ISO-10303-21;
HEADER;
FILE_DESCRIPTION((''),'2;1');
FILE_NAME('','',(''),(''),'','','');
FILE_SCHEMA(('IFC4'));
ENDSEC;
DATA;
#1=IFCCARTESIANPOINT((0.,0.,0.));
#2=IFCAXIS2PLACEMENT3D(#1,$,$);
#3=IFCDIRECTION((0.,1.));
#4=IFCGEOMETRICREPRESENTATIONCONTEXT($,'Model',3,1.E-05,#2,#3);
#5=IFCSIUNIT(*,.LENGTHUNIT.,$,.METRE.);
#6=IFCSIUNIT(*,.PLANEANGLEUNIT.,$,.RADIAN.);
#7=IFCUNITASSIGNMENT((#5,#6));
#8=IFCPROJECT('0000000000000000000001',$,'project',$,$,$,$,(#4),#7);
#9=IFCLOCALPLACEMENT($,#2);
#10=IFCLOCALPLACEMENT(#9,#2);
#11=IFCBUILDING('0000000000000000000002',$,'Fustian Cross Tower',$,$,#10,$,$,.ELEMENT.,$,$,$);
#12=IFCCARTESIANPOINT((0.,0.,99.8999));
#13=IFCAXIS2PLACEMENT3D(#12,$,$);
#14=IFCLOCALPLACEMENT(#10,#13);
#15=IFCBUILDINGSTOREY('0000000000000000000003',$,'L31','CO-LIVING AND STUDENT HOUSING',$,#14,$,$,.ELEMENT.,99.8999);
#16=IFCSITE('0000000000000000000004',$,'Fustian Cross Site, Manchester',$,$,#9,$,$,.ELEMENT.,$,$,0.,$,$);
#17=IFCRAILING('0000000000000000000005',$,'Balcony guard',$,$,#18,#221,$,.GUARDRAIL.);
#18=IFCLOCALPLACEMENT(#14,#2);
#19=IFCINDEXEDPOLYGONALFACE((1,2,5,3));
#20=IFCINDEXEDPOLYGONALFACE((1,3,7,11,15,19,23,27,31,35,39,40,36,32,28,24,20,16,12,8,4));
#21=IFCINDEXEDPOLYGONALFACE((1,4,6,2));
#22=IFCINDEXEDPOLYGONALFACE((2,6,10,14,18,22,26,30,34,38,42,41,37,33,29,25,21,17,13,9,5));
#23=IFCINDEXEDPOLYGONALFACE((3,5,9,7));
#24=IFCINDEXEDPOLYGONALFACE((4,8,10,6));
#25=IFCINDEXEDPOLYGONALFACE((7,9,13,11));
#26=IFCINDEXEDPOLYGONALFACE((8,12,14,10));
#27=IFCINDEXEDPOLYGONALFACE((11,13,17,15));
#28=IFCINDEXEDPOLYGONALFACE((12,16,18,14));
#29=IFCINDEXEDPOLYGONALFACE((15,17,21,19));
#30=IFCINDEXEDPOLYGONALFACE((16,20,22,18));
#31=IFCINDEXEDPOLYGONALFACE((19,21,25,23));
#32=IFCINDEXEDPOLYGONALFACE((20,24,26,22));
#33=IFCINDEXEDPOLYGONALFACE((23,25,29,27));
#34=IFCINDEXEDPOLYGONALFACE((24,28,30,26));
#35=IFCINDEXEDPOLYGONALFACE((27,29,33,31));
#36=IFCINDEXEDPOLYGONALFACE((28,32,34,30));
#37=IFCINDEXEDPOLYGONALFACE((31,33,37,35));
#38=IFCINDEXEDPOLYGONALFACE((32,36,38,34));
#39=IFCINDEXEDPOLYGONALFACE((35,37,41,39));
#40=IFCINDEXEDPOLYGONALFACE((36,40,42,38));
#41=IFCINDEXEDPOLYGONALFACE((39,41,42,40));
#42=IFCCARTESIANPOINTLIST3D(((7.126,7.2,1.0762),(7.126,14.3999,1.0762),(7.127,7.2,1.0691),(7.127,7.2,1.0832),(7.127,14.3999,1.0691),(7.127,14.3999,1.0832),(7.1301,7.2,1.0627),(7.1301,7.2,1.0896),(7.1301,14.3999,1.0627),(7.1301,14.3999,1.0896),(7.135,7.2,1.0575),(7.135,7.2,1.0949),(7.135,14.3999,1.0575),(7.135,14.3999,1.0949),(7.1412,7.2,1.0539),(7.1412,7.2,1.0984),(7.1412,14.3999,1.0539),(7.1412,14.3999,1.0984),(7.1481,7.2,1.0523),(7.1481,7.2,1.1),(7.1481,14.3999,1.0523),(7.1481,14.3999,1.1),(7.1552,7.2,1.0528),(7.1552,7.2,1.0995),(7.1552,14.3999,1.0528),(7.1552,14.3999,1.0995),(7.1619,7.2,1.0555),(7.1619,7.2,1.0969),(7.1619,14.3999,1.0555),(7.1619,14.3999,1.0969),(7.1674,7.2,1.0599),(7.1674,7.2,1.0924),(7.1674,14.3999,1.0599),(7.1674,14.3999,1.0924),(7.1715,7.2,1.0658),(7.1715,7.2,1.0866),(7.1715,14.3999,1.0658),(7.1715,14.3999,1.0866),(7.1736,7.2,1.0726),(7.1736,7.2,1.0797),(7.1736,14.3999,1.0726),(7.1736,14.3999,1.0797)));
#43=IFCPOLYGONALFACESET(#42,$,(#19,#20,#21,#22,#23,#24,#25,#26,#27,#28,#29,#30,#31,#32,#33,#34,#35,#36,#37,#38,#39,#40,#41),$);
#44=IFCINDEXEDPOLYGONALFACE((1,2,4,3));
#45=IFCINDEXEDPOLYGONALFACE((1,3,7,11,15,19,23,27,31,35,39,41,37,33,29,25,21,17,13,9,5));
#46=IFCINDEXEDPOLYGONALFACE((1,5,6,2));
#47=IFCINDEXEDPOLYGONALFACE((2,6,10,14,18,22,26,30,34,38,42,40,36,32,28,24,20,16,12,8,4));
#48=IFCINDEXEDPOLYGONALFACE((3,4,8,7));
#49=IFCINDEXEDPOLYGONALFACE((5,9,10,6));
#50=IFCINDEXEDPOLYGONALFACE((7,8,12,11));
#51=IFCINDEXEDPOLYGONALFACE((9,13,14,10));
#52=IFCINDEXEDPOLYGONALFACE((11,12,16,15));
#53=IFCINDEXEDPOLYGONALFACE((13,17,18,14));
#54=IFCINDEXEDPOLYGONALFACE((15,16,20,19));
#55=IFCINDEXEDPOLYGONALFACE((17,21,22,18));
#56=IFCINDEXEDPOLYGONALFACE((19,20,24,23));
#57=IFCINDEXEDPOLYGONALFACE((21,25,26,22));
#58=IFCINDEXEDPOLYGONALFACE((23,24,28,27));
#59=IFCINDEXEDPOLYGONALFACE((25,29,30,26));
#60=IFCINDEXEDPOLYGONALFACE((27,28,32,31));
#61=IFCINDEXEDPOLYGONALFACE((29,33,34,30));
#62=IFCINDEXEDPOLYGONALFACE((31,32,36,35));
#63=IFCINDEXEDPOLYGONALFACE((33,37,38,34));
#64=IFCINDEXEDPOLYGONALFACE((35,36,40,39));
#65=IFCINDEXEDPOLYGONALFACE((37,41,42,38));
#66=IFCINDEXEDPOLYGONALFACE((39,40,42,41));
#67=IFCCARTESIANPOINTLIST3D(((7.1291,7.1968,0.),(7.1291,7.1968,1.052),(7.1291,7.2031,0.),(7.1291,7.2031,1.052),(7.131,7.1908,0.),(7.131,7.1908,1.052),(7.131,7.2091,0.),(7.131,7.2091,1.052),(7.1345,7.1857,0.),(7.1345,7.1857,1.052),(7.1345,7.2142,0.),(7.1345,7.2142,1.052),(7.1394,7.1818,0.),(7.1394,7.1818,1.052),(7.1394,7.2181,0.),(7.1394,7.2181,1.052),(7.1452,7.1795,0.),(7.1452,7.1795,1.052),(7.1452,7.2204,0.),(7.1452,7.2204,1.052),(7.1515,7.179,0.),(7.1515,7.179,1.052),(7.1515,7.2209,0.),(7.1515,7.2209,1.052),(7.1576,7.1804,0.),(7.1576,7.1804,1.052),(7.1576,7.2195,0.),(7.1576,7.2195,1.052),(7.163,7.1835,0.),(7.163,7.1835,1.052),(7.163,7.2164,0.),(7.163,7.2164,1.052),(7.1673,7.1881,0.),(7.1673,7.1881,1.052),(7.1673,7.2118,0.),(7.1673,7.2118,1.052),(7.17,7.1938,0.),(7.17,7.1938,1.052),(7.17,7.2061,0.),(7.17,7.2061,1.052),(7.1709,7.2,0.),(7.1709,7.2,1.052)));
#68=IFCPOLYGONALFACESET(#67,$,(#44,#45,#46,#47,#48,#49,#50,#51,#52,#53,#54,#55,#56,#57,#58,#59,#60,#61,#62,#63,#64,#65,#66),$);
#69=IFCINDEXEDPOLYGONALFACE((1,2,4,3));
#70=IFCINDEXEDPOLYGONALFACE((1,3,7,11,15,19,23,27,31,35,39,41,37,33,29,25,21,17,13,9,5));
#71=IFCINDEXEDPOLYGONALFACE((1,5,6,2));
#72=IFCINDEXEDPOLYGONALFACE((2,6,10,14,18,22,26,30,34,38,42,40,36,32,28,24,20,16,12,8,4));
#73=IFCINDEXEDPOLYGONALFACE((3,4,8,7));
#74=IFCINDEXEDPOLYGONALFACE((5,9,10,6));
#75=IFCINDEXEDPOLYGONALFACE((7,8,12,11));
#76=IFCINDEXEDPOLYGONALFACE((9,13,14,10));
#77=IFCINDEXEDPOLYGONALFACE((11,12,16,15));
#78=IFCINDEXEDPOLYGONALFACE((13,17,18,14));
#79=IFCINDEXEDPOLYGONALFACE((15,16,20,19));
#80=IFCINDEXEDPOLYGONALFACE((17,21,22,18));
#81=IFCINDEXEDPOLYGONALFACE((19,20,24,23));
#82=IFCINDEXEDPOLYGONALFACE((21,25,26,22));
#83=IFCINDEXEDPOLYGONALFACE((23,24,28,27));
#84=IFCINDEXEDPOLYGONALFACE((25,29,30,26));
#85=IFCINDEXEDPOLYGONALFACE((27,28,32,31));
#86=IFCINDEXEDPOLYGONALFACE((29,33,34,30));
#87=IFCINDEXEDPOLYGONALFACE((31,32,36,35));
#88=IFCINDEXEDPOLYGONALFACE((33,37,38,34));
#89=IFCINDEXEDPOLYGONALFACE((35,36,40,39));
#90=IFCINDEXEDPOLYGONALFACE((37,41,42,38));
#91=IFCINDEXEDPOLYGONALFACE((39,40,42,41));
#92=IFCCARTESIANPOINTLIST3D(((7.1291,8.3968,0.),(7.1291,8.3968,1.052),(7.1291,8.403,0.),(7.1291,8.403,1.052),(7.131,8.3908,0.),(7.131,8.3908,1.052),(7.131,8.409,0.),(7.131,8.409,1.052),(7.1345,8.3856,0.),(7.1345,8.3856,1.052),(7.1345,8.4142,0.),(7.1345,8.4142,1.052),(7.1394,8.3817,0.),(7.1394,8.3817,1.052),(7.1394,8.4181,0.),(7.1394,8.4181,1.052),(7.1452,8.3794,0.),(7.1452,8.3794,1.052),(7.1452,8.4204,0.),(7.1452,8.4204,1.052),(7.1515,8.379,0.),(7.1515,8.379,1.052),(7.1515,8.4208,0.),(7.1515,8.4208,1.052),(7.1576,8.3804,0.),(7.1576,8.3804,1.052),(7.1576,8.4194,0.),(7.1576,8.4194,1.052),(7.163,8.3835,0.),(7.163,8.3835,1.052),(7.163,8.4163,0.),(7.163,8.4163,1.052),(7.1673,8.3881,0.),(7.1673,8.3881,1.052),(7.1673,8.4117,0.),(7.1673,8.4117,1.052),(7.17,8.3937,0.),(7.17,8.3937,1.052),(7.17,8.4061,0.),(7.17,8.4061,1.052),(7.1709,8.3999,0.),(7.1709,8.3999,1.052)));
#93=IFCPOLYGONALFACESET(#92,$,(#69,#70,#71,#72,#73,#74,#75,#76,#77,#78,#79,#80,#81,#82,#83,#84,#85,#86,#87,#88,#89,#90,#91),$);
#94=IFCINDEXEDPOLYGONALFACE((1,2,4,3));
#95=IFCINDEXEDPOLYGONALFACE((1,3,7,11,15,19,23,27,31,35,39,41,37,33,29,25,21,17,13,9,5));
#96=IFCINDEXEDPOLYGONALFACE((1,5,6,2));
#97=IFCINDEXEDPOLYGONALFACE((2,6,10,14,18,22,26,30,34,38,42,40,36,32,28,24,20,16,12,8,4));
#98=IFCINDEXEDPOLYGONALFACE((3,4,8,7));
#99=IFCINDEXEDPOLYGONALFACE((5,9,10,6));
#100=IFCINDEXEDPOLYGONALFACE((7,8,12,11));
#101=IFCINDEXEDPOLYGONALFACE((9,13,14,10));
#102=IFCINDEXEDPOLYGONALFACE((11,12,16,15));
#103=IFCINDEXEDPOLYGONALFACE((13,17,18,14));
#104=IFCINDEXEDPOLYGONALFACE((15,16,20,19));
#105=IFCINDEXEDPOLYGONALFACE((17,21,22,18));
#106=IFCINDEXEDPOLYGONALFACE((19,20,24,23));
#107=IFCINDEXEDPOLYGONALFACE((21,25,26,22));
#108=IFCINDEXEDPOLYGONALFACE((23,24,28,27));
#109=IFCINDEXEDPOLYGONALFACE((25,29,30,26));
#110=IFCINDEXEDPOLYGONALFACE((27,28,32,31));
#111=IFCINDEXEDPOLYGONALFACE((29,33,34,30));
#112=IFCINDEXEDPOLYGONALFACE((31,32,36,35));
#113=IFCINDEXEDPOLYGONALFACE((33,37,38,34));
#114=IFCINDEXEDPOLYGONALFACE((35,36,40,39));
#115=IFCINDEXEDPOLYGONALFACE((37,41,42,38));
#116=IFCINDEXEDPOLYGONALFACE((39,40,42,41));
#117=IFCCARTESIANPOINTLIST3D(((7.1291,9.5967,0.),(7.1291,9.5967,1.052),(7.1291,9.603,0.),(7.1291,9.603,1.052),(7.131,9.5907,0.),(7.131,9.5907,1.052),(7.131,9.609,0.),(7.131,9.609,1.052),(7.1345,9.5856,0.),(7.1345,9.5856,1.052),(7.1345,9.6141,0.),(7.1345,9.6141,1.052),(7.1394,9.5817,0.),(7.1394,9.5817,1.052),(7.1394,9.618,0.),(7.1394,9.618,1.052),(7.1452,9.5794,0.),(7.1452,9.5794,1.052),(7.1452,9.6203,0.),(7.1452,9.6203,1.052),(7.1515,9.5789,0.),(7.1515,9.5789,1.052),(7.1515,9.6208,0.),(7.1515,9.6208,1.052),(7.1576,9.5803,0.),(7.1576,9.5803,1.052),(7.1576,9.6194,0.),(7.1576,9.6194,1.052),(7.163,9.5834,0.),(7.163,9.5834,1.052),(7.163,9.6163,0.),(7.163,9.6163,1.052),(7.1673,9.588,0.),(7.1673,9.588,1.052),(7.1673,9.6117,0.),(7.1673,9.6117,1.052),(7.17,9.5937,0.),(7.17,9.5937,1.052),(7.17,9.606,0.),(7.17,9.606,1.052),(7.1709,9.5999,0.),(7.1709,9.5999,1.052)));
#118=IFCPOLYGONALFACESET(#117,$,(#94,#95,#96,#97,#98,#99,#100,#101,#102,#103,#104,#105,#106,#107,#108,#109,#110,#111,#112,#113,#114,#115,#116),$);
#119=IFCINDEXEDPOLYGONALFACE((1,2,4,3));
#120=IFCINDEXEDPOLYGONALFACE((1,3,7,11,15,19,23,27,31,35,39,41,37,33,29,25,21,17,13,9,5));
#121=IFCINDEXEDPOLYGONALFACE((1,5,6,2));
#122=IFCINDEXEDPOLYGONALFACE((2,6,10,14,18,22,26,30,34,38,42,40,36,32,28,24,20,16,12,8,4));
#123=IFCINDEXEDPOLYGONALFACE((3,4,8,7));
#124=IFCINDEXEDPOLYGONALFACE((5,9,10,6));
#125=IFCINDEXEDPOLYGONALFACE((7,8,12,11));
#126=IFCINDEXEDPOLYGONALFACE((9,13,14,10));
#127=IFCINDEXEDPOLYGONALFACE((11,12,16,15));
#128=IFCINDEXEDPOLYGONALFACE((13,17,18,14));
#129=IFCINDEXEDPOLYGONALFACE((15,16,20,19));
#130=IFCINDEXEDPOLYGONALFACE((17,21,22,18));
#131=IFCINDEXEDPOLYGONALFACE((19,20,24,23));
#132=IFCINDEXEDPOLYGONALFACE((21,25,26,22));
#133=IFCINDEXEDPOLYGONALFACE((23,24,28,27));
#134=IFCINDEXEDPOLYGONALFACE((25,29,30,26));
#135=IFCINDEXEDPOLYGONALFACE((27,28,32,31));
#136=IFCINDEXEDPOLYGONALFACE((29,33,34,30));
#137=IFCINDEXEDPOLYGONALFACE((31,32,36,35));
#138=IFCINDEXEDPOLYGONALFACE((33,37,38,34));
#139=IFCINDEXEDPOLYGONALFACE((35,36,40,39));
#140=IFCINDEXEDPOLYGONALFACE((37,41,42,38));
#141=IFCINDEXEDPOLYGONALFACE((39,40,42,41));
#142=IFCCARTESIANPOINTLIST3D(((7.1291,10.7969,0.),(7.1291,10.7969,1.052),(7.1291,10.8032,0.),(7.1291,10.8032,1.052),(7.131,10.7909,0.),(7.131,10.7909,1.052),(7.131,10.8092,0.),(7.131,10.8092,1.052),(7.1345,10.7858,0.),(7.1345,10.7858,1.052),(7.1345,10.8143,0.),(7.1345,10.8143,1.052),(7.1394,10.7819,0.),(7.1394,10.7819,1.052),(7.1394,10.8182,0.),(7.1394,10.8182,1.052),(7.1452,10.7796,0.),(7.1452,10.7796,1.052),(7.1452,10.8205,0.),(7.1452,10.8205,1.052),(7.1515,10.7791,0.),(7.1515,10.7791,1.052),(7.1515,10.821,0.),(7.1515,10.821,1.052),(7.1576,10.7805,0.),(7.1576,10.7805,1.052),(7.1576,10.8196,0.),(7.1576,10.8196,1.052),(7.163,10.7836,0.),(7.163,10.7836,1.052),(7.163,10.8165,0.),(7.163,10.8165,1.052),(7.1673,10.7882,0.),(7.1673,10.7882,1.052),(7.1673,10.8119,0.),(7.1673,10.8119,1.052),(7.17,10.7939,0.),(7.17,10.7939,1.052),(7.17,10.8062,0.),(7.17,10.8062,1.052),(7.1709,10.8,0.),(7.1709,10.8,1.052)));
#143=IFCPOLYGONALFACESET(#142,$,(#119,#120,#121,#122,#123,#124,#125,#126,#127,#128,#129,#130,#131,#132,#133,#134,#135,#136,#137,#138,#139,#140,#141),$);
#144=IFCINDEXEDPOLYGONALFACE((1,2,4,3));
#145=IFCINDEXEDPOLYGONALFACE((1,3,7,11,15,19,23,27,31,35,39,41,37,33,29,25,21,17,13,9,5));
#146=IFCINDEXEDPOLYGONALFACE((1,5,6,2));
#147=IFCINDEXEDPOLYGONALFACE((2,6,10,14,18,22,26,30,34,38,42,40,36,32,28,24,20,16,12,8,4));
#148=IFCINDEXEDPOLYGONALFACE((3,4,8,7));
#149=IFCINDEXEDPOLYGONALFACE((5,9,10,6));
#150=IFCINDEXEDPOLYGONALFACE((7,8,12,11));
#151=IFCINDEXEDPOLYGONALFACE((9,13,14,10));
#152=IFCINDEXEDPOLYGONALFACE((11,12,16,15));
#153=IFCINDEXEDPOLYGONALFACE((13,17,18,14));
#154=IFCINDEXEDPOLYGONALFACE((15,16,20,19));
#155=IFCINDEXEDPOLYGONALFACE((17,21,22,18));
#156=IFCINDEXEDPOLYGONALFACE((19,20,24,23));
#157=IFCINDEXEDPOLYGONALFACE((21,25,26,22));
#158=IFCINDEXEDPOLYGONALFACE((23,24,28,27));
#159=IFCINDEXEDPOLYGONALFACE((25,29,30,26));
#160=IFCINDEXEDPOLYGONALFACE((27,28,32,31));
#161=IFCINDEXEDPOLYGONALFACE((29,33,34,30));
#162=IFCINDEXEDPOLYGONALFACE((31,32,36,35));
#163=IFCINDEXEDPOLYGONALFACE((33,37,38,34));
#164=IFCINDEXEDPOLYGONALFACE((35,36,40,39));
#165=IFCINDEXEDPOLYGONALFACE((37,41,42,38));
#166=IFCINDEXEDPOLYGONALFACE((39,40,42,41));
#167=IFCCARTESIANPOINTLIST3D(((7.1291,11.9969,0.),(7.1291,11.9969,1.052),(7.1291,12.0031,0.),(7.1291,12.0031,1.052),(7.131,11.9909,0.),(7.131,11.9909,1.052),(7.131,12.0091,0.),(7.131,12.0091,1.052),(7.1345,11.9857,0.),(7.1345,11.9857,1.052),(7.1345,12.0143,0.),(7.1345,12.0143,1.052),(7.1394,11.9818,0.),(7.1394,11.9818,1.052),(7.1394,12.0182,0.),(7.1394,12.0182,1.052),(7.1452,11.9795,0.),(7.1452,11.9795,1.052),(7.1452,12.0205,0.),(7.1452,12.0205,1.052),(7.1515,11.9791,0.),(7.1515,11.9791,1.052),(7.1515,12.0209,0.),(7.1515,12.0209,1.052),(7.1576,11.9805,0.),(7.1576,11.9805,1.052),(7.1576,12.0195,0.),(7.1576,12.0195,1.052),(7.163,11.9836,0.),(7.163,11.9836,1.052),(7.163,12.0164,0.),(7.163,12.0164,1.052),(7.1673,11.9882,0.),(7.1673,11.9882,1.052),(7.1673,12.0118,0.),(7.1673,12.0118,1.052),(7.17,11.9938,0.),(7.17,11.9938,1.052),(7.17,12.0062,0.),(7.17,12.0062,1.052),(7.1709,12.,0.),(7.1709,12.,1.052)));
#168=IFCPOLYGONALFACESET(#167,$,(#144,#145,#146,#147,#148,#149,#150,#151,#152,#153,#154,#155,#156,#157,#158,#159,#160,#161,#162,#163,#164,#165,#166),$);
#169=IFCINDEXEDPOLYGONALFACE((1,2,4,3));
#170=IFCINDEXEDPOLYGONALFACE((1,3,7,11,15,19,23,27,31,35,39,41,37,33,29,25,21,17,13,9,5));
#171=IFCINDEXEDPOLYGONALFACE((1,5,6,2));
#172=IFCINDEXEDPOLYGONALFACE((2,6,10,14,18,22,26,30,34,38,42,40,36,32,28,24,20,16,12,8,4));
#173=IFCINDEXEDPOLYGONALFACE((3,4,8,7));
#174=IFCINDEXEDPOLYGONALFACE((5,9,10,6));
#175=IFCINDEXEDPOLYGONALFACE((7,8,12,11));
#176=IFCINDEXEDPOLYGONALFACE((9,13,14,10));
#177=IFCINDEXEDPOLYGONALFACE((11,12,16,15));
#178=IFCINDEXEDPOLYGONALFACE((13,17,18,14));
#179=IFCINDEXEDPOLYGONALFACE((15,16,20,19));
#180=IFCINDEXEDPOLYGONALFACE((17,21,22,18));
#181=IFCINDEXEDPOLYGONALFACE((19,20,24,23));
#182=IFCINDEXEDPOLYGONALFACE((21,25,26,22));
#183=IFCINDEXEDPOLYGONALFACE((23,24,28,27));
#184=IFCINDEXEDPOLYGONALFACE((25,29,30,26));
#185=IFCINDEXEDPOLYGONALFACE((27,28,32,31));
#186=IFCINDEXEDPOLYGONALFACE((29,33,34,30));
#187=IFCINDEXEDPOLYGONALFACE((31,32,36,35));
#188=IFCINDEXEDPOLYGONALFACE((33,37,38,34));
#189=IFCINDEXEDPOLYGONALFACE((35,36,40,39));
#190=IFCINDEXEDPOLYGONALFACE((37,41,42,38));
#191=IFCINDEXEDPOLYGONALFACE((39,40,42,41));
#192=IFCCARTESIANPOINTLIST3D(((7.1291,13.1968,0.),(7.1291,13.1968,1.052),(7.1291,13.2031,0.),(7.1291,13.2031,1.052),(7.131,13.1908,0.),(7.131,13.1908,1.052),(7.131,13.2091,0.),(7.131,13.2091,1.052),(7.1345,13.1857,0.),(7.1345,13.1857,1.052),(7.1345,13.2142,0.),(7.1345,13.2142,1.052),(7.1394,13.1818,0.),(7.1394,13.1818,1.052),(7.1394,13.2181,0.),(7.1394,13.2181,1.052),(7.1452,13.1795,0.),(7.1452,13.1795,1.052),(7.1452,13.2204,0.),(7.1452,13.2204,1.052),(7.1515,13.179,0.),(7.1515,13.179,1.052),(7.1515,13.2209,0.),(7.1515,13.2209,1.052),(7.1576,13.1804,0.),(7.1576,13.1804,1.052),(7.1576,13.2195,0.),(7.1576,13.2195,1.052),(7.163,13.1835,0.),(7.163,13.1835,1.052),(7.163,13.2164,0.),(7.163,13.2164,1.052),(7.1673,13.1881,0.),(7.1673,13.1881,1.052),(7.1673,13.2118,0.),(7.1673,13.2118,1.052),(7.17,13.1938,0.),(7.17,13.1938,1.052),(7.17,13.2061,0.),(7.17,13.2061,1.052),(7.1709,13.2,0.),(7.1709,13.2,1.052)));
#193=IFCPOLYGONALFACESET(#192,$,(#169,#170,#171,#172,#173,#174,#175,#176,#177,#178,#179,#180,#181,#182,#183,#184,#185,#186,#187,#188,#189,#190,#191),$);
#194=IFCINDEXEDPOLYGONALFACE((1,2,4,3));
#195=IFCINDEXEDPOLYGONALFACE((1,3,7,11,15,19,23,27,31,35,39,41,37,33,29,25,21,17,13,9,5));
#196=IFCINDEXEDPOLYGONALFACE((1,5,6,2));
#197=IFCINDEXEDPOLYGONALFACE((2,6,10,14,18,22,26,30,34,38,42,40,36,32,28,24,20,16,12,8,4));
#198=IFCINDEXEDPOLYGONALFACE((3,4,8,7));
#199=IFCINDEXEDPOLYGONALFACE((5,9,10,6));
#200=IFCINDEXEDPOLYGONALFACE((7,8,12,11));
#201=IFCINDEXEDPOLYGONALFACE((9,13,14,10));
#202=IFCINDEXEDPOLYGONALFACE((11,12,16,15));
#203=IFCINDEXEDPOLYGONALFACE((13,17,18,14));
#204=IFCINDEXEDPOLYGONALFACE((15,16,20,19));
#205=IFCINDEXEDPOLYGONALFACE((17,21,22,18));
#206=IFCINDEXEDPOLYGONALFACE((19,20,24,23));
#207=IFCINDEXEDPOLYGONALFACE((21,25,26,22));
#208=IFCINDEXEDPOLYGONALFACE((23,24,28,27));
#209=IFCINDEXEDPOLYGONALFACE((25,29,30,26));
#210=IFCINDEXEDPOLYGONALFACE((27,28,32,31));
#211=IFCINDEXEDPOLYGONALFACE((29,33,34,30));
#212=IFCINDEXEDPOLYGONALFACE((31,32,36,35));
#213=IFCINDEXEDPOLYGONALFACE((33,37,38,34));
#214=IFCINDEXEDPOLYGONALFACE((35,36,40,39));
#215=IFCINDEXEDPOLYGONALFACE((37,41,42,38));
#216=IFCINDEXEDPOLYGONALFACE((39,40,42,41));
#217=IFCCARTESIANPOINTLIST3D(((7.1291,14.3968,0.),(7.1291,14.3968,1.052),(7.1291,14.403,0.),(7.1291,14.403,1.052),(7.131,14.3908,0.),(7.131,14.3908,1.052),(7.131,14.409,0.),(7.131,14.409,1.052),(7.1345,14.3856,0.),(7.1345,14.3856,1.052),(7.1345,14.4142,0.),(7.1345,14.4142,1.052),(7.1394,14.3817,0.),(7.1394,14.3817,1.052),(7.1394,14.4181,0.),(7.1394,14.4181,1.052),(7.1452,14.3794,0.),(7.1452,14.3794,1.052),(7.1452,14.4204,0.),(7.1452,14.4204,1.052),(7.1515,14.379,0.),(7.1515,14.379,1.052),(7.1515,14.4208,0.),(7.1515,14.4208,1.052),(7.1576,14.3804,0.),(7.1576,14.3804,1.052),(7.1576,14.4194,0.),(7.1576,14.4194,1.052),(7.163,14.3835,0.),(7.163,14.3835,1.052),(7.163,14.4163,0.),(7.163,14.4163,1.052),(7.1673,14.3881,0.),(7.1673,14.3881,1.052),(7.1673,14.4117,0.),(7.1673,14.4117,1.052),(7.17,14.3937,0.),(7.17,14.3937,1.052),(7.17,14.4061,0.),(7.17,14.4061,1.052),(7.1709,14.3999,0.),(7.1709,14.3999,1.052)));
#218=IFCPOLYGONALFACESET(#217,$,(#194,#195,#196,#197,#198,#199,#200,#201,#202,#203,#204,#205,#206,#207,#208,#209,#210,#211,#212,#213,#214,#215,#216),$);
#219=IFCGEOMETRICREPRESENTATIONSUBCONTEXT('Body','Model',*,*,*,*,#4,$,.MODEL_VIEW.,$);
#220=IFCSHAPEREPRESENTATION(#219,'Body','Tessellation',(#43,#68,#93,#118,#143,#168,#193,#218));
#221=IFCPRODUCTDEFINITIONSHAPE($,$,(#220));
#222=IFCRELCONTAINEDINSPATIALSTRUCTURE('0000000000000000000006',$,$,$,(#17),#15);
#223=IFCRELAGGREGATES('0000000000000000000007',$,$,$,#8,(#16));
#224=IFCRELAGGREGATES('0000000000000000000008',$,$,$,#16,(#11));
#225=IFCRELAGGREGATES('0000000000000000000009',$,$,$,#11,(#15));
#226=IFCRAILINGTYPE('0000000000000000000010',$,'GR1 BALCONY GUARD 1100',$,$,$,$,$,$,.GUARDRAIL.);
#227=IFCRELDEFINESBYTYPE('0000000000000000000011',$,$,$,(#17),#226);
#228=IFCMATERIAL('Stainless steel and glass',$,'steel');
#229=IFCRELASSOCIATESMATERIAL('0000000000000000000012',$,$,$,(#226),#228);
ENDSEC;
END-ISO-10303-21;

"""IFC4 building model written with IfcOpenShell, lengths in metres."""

from ifc_helpers import new_model, si_unit, direction, frame, origin, origin_2d, place, context, subcontext, project, spatial, circle, extrude, material, type_object, element, save


model = new_model("IFC4")

# Units and contexts
model_context = context("Model", 3, precision=1e-05, world=origin(), true_north=direction((0.0, 1.0)))
body_context = subcontext(model_context, "Body", "Model", "MODEL_VIEW")
ifc_project = project(units=[si_unit("LENGTHUNIT", "METRE"), si_unit("PLANEANGLEUNIT", "RADIAN")], contexts=[model_context])

# Site, building, storey
site_placement = place(None, origin())
site = spatial("IfcSite", under=ifc_project, at=site_placement, Name="Fustian Cross Site, Manchester", CompositionType="ELEMENT", RefElevation=0.0)
building_placement = place(site_placement, origin())
building = spatial("IfcBuilding", under=site, at=building_placement, Name="Fustian Cross Tower", CompositionType="ELEMENT")
storey_placement = place(building_placement, frame((0.0, 0.0, 99.8999)))
storey = spatial("IfcBuildingStorey", under=building, at=storey_placement, Name="L31", Description="CO-LIVING AND STUDENT HOUSING", CompositionType="ELEMENT", Elevation=99.8999)

# Railing
ifc_material_1 = material(Name="Stainless steel and glass", Category="steel")
railing_type = type_object("IfcRailingType", Name="GR1 BALCONY GUARD 1100", PredefinedType="GUARDRAIL", material=ifc_material_1)
railing_placement = place(storey_placement, frame((7.1499, 7.2, 0.0)))
element("IfcRailing", 1, at=railing_placement, inside=storey, type_object=railing_type, Name="Balcony guard", PredefinedType="GUARDRAIL", context=body_context, shape_type="SweptSolid", body=[
    extrude(circle(Radius=0.0239, at=origin_2d()), frame((0.0, 0.0, 1.0762), z_axis=(0.0, 1.0, 0.0), x_axis=(-1.0, 0.0, 0.0)), (0.0, 0.0, 1.0), 7.2),
    extrude(circle(Radius=0.021, at=origin_2d()), origin(), (0.0, 0.0, 1.0), 1.052),
    extrude(circle(Radius=0.021, at=origin_2d()), frame((0.0, 1.2, 0.0)), (0.0, 0.0, 1.0), 1.052),
    extrude(circle(Radius=0.021, at=origin_2d()), frame((0.0, 2.3999, 0.0)), (0.0, 0.0, 1.0), 1.052),
    extrude(circle(Radius=0.021, at=origin_2d()), frame((0.0, 3.6001, 0.0)), (0.0, 0.0, 1.0), 1.052),
    extrude(circle(Radius=0.021, at=origin_2d()), frame((0.0, 4.8, 0.0)), (0.0, 0.0, 1.0), 1.052),
    extrude(circle(Radius=0.021, at=origin_2d()), frame((0.0, 6.0, 0.0)), (0.0, 0.0, 1.0), 1.052),
    extrude(circle(Radius=0.021, at=origin_2d()), frame((0.0, 7.2, 0.0)), (0.0, 0.0, 1.0), 1.052),
])

save(model, "model.ifc")
